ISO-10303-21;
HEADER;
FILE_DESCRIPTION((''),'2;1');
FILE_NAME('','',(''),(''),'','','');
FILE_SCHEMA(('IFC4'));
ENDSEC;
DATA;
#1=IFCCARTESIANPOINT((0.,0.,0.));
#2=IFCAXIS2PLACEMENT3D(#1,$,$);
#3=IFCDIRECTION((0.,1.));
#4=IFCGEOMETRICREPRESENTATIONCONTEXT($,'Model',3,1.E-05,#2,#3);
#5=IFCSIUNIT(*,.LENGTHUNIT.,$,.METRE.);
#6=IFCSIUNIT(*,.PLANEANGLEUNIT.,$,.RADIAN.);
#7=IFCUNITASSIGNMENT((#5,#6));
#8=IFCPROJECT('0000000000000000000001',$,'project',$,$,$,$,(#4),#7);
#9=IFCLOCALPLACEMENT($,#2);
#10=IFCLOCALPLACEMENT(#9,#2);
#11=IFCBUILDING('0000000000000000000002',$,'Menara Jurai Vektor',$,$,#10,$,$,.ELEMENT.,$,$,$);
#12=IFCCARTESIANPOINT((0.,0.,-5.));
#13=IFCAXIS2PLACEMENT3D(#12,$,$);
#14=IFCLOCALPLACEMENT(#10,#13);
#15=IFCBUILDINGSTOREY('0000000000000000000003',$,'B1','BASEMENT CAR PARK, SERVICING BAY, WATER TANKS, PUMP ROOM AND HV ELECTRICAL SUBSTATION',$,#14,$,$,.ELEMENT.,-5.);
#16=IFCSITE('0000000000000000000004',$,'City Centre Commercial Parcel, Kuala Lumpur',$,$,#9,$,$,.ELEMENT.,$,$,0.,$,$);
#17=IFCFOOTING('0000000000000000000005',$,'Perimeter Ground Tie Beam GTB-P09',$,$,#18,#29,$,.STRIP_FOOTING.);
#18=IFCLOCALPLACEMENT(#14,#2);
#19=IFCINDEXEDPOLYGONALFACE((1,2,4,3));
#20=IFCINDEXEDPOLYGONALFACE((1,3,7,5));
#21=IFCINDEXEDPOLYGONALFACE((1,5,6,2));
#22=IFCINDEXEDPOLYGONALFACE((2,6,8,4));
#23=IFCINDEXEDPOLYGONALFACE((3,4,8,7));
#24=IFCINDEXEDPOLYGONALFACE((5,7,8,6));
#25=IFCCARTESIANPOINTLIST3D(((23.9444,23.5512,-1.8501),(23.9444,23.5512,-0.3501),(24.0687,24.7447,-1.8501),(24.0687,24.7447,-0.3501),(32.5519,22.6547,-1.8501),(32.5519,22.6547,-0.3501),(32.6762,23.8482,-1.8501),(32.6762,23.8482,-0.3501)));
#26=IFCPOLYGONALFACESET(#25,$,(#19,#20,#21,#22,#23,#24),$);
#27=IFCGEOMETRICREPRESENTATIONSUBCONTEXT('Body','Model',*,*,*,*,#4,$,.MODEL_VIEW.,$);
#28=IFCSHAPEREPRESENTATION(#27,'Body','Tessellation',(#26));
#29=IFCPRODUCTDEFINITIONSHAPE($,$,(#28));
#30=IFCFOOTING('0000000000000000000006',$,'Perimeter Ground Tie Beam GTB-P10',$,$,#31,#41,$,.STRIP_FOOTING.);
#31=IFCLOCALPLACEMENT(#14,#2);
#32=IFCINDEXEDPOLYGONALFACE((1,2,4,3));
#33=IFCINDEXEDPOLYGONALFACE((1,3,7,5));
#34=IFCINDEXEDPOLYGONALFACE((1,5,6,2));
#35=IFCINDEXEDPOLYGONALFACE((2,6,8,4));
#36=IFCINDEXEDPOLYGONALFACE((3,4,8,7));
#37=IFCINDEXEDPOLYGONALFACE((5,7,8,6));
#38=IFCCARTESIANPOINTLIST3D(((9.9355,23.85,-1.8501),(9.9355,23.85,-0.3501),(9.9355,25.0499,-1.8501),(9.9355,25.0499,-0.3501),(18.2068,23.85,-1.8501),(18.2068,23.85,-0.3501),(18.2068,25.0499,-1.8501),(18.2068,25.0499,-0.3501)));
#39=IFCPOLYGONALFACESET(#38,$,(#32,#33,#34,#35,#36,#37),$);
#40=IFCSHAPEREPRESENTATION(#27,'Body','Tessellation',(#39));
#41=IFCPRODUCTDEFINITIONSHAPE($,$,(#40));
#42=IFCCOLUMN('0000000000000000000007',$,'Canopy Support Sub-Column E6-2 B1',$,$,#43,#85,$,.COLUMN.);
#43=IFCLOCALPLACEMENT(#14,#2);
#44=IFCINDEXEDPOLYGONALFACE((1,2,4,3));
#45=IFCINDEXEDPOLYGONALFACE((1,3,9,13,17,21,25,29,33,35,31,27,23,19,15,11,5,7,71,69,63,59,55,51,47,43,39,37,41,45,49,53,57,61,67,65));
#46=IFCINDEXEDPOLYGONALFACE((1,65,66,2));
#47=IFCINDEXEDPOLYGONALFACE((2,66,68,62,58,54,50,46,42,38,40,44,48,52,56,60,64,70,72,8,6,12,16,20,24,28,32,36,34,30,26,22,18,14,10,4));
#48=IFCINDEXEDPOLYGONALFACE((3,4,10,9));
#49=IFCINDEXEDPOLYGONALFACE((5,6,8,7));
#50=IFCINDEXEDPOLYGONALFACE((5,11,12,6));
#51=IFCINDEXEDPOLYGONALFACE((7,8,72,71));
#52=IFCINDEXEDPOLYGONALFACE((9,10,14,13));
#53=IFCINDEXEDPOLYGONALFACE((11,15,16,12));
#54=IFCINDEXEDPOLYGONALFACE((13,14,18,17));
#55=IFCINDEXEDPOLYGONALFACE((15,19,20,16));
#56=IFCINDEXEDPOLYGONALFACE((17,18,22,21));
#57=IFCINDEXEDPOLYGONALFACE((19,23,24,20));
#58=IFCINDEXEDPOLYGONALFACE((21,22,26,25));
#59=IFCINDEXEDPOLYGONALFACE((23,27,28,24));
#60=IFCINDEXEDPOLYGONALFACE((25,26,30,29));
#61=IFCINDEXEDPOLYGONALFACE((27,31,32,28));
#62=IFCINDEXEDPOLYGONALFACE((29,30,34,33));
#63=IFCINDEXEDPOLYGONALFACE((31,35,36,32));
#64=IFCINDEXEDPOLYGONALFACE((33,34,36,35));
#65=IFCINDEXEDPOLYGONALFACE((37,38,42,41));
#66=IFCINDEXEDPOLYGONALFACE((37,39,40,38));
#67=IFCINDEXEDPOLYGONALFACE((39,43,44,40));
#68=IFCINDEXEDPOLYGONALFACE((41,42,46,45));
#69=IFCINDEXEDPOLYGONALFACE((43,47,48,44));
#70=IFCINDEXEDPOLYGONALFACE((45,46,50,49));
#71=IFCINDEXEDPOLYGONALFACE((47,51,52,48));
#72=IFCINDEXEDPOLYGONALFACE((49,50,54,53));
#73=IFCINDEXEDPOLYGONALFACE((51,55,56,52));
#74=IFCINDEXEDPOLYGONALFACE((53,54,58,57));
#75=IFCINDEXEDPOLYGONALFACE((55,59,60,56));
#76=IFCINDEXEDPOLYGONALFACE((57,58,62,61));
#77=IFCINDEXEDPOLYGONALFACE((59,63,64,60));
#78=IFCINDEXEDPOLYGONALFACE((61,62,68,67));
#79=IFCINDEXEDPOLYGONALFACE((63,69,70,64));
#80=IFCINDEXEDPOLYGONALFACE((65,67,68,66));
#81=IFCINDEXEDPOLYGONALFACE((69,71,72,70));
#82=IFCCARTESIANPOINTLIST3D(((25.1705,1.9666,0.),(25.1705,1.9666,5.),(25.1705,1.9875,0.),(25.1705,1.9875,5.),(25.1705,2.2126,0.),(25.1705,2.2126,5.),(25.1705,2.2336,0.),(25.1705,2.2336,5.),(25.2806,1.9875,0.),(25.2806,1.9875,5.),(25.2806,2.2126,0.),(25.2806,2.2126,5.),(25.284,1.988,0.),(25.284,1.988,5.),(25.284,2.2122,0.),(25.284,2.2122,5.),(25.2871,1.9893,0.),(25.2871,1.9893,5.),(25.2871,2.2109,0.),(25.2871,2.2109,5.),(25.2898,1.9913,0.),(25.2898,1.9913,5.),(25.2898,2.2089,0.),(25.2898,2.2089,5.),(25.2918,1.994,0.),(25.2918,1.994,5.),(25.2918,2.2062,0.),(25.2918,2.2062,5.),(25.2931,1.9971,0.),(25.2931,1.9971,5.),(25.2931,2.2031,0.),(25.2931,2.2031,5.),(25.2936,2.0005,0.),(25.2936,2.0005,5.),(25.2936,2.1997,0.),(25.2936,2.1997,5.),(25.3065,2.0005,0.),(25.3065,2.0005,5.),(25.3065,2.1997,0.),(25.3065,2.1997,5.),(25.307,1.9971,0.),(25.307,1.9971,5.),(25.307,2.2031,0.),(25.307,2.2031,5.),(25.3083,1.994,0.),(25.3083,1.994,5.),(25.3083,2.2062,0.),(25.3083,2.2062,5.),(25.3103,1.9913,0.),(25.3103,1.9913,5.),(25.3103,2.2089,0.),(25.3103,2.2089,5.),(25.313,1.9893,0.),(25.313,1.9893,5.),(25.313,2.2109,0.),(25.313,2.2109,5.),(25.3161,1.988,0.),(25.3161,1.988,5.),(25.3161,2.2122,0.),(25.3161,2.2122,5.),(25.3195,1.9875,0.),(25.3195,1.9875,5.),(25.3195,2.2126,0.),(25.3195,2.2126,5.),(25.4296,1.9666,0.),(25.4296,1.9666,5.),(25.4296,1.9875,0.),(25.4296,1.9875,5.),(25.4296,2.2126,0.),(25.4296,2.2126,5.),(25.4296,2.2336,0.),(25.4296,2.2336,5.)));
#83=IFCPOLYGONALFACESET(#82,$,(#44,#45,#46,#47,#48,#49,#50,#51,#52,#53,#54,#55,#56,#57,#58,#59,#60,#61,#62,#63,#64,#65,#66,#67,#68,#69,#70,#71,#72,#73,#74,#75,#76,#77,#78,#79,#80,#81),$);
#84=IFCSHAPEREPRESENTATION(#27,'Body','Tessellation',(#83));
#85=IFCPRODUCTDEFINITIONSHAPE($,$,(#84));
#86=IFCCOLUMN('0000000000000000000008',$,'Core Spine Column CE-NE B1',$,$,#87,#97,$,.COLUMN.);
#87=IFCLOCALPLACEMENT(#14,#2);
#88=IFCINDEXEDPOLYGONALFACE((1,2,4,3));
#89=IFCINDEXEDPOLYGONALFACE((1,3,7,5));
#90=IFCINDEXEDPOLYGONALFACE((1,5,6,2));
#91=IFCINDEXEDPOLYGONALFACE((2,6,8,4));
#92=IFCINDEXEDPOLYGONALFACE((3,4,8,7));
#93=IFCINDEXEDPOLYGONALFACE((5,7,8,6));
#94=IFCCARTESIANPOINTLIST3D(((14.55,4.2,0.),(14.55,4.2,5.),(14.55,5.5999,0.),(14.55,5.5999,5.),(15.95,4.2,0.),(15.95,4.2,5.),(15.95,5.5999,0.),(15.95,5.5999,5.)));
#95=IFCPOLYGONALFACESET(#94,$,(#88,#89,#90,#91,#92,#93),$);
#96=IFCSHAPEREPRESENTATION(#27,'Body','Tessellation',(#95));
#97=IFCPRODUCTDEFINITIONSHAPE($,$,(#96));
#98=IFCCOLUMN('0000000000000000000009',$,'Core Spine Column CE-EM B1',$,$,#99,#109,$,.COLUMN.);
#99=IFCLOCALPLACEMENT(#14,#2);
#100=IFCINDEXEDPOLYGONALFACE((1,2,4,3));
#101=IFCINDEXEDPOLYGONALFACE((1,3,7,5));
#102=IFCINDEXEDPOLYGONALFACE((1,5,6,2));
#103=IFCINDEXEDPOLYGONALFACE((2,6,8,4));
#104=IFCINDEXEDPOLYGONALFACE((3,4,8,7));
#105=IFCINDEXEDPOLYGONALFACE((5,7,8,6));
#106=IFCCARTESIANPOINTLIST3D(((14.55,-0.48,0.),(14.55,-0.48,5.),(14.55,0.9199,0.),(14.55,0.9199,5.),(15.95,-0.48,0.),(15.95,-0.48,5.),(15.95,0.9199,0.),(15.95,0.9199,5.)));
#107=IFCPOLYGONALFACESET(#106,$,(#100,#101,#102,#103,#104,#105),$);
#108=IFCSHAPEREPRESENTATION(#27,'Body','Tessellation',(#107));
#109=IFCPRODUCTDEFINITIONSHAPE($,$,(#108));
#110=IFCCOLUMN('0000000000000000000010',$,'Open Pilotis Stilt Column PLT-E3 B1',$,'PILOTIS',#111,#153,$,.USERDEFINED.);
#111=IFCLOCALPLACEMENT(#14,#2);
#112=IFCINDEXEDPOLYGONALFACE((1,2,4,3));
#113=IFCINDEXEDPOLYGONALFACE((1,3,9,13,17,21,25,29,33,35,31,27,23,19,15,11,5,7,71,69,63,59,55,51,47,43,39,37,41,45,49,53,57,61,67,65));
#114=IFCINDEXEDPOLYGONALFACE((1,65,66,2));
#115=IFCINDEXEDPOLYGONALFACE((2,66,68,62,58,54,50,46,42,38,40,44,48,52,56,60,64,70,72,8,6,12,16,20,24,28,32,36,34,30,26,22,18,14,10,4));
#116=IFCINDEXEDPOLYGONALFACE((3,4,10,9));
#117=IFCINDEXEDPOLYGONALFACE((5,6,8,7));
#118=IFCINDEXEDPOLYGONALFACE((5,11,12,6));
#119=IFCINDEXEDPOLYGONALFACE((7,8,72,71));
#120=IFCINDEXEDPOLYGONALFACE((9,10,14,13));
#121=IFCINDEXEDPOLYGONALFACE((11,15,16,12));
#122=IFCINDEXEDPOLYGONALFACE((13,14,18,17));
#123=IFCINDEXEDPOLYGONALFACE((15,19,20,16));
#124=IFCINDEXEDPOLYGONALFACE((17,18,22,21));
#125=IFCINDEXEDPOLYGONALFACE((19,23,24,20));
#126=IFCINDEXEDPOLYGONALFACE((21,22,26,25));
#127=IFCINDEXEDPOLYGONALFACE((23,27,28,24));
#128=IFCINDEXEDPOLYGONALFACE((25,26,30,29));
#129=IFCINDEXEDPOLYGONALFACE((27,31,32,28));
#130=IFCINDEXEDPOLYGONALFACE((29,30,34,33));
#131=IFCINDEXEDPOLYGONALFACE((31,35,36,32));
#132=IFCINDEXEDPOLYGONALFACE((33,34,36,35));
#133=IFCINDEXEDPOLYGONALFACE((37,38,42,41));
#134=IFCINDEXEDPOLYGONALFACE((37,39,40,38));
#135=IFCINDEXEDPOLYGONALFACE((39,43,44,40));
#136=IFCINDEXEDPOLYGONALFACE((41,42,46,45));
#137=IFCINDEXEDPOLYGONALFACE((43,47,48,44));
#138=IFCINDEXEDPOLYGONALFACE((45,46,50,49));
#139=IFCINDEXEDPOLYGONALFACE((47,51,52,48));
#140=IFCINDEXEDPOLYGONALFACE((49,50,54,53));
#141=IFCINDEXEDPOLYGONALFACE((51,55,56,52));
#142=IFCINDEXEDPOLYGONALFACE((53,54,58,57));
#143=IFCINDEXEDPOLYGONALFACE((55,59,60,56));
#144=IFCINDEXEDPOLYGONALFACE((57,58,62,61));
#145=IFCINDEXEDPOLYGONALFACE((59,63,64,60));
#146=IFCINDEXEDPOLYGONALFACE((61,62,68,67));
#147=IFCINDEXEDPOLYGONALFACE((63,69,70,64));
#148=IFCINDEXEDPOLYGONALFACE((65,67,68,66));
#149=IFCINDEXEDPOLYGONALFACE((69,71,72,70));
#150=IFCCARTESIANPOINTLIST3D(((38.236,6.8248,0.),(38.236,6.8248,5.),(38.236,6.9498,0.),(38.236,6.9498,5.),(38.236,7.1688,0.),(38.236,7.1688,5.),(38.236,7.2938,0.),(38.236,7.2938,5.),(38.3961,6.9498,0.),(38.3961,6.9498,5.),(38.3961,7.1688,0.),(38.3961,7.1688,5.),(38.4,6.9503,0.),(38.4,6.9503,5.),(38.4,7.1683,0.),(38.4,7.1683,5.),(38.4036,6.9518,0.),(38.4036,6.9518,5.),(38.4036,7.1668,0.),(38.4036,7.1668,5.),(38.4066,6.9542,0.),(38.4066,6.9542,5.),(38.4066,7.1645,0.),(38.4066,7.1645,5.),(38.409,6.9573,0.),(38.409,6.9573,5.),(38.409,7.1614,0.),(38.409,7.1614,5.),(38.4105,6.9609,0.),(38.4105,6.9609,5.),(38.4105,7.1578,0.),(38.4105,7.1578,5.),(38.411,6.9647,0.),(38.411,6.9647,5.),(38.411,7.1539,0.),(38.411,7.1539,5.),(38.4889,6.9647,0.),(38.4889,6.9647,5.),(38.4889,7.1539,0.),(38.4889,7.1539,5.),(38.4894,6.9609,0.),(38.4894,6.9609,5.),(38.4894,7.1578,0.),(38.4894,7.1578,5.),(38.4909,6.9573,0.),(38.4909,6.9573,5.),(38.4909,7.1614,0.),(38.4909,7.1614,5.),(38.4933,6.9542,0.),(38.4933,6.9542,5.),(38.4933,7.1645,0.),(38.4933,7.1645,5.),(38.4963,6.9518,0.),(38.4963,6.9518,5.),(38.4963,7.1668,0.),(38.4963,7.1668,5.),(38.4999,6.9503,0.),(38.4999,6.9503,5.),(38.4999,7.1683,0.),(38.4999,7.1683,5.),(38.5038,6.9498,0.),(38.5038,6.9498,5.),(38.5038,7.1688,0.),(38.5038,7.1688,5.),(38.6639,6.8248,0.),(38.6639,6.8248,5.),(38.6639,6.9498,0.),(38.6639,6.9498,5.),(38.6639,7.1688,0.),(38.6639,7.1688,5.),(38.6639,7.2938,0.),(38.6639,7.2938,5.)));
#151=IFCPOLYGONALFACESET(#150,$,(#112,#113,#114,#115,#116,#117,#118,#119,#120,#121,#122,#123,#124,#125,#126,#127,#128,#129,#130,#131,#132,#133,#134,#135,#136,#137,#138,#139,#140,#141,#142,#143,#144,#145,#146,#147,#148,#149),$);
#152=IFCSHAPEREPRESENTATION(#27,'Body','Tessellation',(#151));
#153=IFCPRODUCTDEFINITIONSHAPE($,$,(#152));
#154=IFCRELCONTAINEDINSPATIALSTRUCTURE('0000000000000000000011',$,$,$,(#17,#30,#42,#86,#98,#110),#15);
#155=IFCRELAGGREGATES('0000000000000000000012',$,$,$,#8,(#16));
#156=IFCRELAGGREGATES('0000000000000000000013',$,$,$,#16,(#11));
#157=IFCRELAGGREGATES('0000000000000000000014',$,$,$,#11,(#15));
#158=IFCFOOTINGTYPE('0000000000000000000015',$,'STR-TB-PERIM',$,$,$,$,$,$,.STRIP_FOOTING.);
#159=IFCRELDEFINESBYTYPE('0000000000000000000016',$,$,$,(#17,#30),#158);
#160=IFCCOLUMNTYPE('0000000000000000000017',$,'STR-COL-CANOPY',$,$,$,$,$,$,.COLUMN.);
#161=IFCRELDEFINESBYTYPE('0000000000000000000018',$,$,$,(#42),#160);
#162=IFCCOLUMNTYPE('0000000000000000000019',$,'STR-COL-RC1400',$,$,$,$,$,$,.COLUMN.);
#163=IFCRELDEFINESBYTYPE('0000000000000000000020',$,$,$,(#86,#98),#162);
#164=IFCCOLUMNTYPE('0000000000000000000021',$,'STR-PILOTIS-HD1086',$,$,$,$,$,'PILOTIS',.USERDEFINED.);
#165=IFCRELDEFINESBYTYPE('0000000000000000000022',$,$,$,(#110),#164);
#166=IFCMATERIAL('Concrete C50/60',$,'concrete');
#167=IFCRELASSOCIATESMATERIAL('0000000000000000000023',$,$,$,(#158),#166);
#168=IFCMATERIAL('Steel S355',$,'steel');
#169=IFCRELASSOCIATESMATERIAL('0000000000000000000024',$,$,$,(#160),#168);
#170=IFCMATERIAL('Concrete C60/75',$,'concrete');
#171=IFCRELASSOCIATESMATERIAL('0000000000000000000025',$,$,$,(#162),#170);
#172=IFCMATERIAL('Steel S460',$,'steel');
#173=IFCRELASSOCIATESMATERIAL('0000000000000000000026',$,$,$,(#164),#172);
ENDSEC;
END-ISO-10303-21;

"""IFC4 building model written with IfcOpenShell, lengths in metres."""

from ifc_helpers import new_model, si_unit, direction, frame, origin, origin_2d, place, context, subcontext, project, spatial, rectangle, i_section, extrude, material, material_profile, profile_set, type_object, element, save


model = new_model("IFC4")

# Units and contexts
model_context = context("Model", 3, precision=1e-05, world=origin(), true_north=direction((0.0, 1.0)))
body_context = subcontext(model_context, "Body", "Model", "MODEL_VIEW")
ifc_project = project(units=[si_unit("LENGTHUNIT", "METRE"), si_unit("PLANEANGLEUNIT", "RADIAN")], contexts=[model_context])

# Site, building, storey
site_placement = place(None, origin())
site = spatial("IfcSite", under=ifc_project, at=site_placement, Name="City Centre Commercial Parcel, Kuala Lumpur", CompositionType="ELEMENT", RefElevation=0.0)
building_placement = place(site_placement, origin())
building = spatial("IfcBuilding", under=site, at=building_placement, Name="Menara Jurai Vektor", CompositionType="ELEMENT")
storey_placement = place(building_placement, frame((0.0, 0.0, -5.0)))
storey = spatial("IfcBuildingStorey", under=building, at=storey_placement, Name="B1", Description="BASEMENT CAR PARK, SERVICING BAY, WATER TANKS, PUMP ROOM AND HV ELECTRICAL SUBSTATION", CompositionType="ELEMENT", Elevation=-5.0)

# Shared definitions
ifc_material_1 = material(Name="Concrete C50/60", Category="concrete")

# Footings
ifc_material_profile_1 = material_profile(ifc_material_1, rectangle(XDim=1.2, YDim=1.5, at=origin_2d()), Name="RC 1200x1500")
ifc_profile_set_1 = profile_set([ifc_material_profile_1], Name="Concrete C50/60")
footing_type_1 = type_object("IfcFootingType", Name="STR-TB-PERIM", PredefinedType="STRIP_FOOTING", material=ifc_profile_set_1)
footing_1_placement = place(storey_placement, frame((32.614, 23.2515, -1.1001), z_axis=(-0.99462, 0.103592, 0.0), x_axis=(-0.103592, -0.99462, 0.0)))
element("IfcFooting", 1, at=footing_1_placement, inside=storey, type_object=footing_type_1, Name="Perimeter Ground Tie Beam GTB-P09", PredefinedType="STRIP_FOOTING", context=body_context, shape_type="SweptSolid", body=[
    extrude(rectangle(XDim=1.2, YDim=1.5, at=origin_2d()), origin(), (0.0, 0.0, 1.0), 8.6541),
])
footing_2_placement = place(storey_placement, frame((18.2068, 24.45, -1.1001), z_axis=(-1.0, 0.0, 0.0), x_axis=(0.0, -1.0, 0.0)))
element("IfcFooting", 2, at=footing_2_placement, inside=storey, type_object=footing_type_1, Name="Perimeter Ground Tie Beam GTB-P10", PredefinedType="STRIP_FOOTING", context=body_context, shape_type="SweptSolid", body=[
    extrude(rectangle(XDim=1.2, YDim=1.5, at=origin_2d()), origin(), (0.0, 0.0, 1.0), 8.2712),
])

# Columns
ifc_material_2 = material(Name="Steel S355", Category="steel")
ifc_material_profile_2 = material_profile(ifc_material_2, i_section(OverallWidth=0.259, OverallDepth=0.2671, WebThickness=0.0129, FlangeThickness=0.021, FilletRadius=0.0129, at=origin_2d()), Name="UKC 254x254x107")
ifc_profile_set_2 = profile_set([ifc_material_profile_2], Name="Steel S355")
column_type_1 = type_object("IfcColumnType", Name="STR-COL-CANOPY", PredefinedType="COLUMN", material=ifc_profile_set_2)
column_placement = place(storey_placement, frame((25.3, 2.1001, 0.0), z_axis=(0.0, 0.0, 1.0), x_axis=(1.0, 0.0, 0.0)))
element("IfcColumn", 3, at=column_placement, inside=storey, type_object=column_type_1, Name="Canopy Support Sub-Column E6-2 B1", PredefinedType="COLUMN", context=body_context, shape_type="SweptSolid", body=[
    extrude(i_section(OverallWidth=0.259, OverallDepth=0.2671, WebThickness=0.0129, FlangeThickness=0.021, FilletRadius=0.0129, at=origin_2d()), origin(), (0.0, 0.0, 1.0), 5.0),
])
ifc_material_3 = material(Name="Concrete C60/75", Category="concrete")
ifc_material_profile_3 = material_profile(ifc_material_3, rectangle(XDim=1.3999, YDim=1.3999, at=origin_2d()), Name="RC 1400x1400")
ifc_profile_set_3 = profile_set([ifc_material_profile_3], Name="Concrete C60/75")
column_type_2 = type_object("IfcColumnType", Name="STR-COL-RC1400", PredefinedType="COLUMN", material=ifc_profile_set_3)
for number, where, z_axis, x_axis, name in (
    (4, (15.25, 4.8999, 0.0), (0.0, 0.0, 1.0), (1.0, 0.0, 0.0), "Core Spine Column CE-NE B1"),
    (5, (15.25, 0.22, 0.0), (0.0, 0.0, 1.0), (1.0, 0.0, 0.0), "Core Spine Column CE-EM B1"),
):
    element("IfcColumn", number, at=place(storey_placement, frame(where, z_axis=z_axis, x_axis=x_axis)), inside=storey, type_object=column_type_2, Name=name, PredefinedType="COLUMN", context=body_context, shape_type="SweptSolid", body=[
        extrude(rectangle(XDim=1.3999, YDim=1.3999, at=origin_2d()), origin(), (0.0, 0.0, 1.0), 5.0),
    ])
ifc_material_4 = material(Name="Steel S460", Category="steel")
ifc_material_profile_4 = material_profile(ifc_material_4, i_section(OverallWidth=0.428, OverallDepth=0.469, WebThickness=0.0779, FlangeThickness=0.125, FilletRadius=0.0149, at=origin_2d()), Name="HD 400x1086")
ifc_profile_set_4 = profile_set([ifc_material_profile_4], Name="Steel S460")
column_type_3 = type_object("IfcColumnType", Name="STR-PILOTIS-HD1086", ElementType="PILOTIS", PredefinedType="USERDEFINED", material=ifc_profile_set_4)
for number, where, z_axis, x_axis, name in (
    (6, (38.45, 7.0593, 0.0), (0.0, 0.0, 1.0), (1.0, 0.0, 0.0), "Open Pilotis Stilt Column PLT-E3 B1"),
):
    element("IfcColumn", number, at=place(storey_placement, frame(where, z_axis=z_axis, x_axis=x_axis)), inside=storey, type_object=column_type_3, Name=name, ObjectType="PILOTIS", PredefinedType="USERDEFINED", context=body_context, shape_type="SweptSolid", body=[
        extrude(i_section(OverallWidth=0.428, OverallDepth=0.469, WebThickness=0.0779, FlangeThickness=0.125, FilletRadius=0.0149, at=origin_2d()), origin(), (0.0, 0.0, 1.0), 5.0),
    ])

save(model, "model.ifc")
